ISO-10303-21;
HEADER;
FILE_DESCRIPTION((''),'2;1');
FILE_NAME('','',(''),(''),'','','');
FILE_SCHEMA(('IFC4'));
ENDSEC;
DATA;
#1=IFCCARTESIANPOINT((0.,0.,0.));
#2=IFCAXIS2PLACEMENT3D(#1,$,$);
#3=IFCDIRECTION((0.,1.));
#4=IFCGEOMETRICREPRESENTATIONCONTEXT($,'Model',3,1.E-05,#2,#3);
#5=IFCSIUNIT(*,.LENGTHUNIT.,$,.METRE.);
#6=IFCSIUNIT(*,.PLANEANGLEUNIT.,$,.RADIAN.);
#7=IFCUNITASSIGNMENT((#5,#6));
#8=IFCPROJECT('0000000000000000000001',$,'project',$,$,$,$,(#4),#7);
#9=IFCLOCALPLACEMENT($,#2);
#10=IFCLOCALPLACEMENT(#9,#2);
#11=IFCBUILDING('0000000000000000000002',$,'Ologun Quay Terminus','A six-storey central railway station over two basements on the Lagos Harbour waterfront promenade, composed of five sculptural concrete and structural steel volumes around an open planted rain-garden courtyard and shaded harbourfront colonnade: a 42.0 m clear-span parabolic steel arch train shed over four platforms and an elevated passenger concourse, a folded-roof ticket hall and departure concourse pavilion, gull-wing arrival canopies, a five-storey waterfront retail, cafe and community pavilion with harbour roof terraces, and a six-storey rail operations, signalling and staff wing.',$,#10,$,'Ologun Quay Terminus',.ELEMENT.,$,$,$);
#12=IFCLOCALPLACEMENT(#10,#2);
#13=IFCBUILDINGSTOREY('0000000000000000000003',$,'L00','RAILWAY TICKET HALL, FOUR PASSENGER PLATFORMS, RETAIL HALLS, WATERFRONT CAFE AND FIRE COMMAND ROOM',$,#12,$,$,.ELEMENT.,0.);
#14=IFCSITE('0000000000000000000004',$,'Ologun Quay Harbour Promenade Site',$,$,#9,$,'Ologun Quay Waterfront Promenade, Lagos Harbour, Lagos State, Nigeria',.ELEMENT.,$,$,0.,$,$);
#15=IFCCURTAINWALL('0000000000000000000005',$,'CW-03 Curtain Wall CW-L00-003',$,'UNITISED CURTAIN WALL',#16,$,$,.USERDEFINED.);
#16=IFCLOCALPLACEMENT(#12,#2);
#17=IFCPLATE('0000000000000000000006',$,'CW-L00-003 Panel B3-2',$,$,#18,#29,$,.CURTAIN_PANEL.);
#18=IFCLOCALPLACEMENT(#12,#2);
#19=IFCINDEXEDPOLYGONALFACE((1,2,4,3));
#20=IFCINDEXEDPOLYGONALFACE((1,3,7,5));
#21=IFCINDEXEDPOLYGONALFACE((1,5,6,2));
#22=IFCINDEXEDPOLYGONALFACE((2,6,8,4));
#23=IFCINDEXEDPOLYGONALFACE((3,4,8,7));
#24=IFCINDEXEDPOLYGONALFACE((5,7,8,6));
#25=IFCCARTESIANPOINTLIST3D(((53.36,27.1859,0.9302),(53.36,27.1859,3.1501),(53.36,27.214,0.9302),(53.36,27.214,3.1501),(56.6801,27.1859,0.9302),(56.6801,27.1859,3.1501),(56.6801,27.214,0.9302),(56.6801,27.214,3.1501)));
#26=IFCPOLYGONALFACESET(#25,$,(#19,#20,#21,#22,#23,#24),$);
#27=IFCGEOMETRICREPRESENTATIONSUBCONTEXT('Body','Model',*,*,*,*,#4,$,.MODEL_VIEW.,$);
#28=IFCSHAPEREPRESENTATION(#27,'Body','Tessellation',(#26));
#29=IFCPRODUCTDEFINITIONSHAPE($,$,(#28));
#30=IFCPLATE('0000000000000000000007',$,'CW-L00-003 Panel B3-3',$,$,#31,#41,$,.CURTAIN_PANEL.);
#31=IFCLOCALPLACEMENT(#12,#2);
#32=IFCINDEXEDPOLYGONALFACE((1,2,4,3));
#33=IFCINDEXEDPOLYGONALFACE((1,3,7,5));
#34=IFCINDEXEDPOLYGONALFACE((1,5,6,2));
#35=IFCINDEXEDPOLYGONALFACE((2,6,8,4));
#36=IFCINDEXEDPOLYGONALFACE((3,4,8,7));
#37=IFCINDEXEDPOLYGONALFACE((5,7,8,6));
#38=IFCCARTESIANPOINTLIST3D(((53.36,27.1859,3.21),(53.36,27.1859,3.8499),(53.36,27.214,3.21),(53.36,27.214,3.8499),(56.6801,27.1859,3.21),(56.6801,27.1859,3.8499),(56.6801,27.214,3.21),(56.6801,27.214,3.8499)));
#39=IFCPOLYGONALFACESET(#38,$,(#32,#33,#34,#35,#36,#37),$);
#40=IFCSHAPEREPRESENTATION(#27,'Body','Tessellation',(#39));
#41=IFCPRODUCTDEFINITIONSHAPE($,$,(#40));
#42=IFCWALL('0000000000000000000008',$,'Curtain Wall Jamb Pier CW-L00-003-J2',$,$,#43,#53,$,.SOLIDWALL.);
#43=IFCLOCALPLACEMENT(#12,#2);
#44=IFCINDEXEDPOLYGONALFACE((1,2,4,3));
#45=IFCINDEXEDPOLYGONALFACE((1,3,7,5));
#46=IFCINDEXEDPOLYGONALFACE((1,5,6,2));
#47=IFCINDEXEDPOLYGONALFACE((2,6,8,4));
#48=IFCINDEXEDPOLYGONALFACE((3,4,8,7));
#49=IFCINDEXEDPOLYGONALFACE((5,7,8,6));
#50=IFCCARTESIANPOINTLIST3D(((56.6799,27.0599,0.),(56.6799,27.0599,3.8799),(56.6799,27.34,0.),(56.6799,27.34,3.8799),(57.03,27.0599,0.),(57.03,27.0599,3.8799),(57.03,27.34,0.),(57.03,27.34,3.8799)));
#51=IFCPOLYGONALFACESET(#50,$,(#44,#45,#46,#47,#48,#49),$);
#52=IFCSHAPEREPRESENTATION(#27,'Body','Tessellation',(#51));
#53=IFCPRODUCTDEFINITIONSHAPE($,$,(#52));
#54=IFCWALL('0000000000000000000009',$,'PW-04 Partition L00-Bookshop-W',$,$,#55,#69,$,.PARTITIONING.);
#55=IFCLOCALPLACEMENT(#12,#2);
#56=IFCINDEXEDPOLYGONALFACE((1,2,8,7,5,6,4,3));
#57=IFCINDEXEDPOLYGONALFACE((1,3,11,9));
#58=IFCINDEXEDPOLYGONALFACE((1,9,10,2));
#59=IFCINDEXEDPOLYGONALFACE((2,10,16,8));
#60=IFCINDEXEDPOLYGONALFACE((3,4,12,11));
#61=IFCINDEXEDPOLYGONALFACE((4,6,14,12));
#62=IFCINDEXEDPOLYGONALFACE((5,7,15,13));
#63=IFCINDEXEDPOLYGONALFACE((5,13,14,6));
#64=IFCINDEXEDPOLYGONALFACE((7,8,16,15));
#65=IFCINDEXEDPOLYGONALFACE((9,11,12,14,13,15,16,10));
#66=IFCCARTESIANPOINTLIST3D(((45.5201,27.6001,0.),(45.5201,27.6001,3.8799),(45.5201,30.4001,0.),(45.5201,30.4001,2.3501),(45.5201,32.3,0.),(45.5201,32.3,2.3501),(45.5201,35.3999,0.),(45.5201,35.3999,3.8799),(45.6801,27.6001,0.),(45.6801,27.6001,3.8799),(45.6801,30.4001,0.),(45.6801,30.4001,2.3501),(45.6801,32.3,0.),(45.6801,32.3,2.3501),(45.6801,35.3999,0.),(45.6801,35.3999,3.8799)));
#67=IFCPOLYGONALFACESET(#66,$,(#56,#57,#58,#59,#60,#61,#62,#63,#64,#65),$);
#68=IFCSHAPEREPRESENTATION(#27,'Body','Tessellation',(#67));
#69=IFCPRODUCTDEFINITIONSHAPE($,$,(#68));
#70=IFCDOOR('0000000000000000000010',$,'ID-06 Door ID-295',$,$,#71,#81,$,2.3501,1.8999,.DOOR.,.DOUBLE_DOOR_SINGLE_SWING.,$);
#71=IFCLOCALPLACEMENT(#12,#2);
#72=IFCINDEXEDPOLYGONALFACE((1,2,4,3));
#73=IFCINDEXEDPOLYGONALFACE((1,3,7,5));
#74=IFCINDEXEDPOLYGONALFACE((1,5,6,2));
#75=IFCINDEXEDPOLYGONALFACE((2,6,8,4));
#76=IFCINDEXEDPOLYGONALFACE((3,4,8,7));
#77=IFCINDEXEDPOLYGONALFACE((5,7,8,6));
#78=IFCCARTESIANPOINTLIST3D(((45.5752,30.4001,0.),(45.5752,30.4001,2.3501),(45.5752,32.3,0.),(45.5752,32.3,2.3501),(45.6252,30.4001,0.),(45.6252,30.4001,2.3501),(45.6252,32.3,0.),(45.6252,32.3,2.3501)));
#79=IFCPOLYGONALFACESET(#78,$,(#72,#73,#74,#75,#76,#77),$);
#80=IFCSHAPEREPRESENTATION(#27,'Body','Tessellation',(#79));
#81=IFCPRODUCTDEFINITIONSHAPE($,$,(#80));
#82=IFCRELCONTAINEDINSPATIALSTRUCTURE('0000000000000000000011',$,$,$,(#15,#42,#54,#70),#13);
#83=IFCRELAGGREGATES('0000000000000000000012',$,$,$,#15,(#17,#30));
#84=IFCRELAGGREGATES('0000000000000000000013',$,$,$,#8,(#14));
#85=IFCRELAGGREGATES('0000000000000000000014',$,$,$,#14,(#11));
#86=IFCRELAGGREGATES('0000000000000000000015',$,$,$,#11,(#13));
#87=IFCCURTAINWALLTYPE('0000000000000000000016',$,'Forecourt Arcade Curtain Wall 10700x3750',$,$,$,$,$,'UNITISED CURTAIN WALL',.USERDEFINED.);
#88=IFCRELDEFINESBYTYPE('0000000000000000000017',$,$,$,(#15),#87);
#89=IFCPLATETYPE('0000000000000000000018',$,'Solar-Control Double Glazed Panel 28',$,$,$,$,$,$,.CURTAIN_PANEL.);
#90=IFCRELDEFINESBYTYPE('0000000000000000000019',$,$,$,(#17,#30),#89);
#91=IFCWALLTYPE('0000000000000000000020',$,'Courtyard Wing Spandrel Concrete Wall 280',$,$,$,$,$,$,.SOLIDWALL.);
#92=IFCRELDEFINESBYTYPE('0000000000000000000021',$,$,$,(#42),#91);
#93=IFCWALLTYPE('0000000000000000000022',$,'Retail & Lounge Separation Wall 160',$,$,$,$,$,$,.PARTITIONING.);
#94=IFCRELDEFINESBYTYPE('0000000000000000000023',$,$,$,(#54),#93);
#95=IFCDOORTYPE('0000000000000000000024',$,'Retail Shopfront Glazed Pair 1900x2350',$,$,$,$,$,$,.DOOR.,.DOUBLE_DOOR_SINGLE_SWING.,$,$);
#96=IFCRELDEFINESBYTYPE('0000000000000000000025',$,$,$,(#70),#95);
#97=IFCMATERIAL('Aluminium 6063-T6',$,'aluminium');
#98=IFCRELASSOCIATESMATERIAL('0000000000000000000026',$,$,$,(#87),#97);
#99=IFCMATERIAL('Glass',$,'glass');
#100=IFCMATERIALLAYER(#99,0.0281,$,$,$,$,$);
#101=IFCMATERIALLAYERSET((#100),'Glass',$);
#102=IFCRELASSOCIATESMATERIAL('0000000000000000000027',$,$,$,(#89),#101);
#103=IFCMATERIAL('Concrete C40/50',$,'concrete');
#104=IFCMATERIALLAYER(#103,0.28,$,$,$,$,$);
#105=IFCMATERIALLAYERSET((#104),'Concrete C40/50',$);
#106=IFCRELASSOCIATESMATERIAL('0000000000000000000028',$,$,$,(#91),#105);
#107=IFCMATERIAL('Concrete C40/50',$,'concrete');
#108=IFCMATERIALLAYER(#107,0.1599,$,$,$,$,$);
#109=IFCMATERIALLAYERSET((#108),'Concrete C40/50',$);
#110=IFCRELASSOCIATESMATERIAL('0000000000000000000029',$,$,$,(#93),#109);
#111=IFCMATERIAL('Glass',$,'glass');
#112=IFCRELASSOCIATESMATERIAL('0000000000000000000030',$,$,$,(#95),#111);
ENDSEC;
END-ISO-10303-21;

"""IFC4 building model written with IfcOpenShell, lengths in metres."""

from ifc_helpers import new_model, si_unit, direction, frame, frame_2d, origin, origin_2d, place, context, subcontext, project, spatial, rectangle, extrude, material, layer, layer_set, type_object, element, fill, aggregate, save


model = new_model("IFC4")

# Units and contexts
model_context = context("Model", 3, precision=1e-05, world=origin(), true_north=direction((0.0, 1.0)))
body_context = subcontext(model_context, "Body", "Model", "MODEL_VIEW")
ifc_project = project(units=[si_unit("LENGTHUNIT", "METRE"), si_unit("PLANEANGLEUNIT", "RADIAN")], contexts=[model_context])

# Site, building, storey
site_placement = place(None, origin())
site = spatial("IfcSite", under=ifc_project, at=site_placement, Name="Ologun Quay Harbour Promenade Site", LongName="Ologun Quay Waterfront Promenade, Lagos Harbour, Lagos State, Nigeria", CompositionType="ELEMENT", RefElevation=0.0)
building_placement = place(site_placement, origin())
building = spatial("IfcBuilding", under=site, at=building_placement, Name="Ologun Quay Terminus", Description="A six-storey central railway station over two basements on the Lagos Harbour waterfront promenade, composed of five sculptural concrete and structural steel volumes around an open planted rain-garden courtyard and shaded harbourfront colonnade: a 42.0 m clear-span parabolic steel arch train shed over four platforms and an elevated passenger concourse, a folded-roof ticket hall and departure concourse pavilion, gull-wing arrival canopies, a five-storey waterfront retail, cafe and community pavilion with harbour roof terraces, and a six-storey rail operations, signalling and staff wing.", LongName="Ologun Quay Terminus", CompositionType="ELEMENT")
storey_placement = place(building_placement, origin())
storey = spatial("IfcBuildingStorey", under=building, at=storey_placement, Name="L00", Description="RAILWAY TICKET HALL, FOUR PASSENGER PLATFORMS, RETAIL HALLS, WATERFRONT CAFE AND FIRE COMMAND ROOM", CompositionType="ELEMENT", Elevation=0.0)

# Curtain wall
ifc_material_1 = material(Name="Aluminium 6063-T6", Category="aluminium")
curtain_wall_type = type_object("IfcCurtainWallType", Name="Forecourt Arcade Curtain Wall 10700x3750", ElementType="UNITISED CURTAIN WALL", PredefinedType="USERDEFINED", material=ifc_material_1)
curtain_wall_placement = place(storey_placement, origin())
curtain_wall = element("IfcCurtainWall", 1, at=curtain_wall_placement, inside=storey, type_object=curtain_wall_type, Name="CW-03 Curtain Wall CW-L00-003", ObjectType="UNITISED CURTAIN WALL", PredefinedType="USERDEFINED")

# Plates
ifc_material_2 = material(Name="Glass", Category="glass")
ifc_layer_1 = layer(ifc_material_2, 0.0281)
ifc_layer_set_1 = layer_set([ifc_layer_1], Name="Glass")
plate_type_1 = type_object("IfcPlateType", Name="Solar-Control Double Glazed Panel 28", PredefinedType="CURTAIN_PANEL", material=ifc_layer_set_1)
plate_1_placement = place(storey_placement, frame((55.02, 27.2, 0.9302), z_axis=(0.0, 0.0, 1.0), x_axis=(1.0, 0.0, 0.0)))
plate_1 = element("IfcPlate", 2, at=plate_1_placement, type_object=plate_type_1, Name="CW-L00-003 Panel B3-2", PredefinedType="CURTAIN_PANEL", context=body_context, shape_type="SweptSolid", body=[
    extrude(rectangle(XDim=3.3201, YDim=0.0281, at=origin_2d()), origin(), (0.0, 0.0, 1.0), 2.22),
])
plate_2_placement = place(storey_placement, frame((55.02, 27.2, 3.21), z_axis=(0.0, 0.0, 1.0), x_axis=(1.0, 0.0, 0.0)))
plate_2 = element("IfcPlate", 3, at=plate_2_placement, type_object=plate_type_1, Name="CW-L00-003 Panel B3-3", PredefinedType="CURTAIN_PANEL", context=body_context, shape_type="SweptSolid", body=[
    extrude(rectangle(XDim=3.3201, YDim=0.0281, at=origin_2d()), origin(), (0.0, 0.0, 1.0), 0.6399),
])
aggregate(curtain_wall, [plate_1, plate_2])

# Wall
ifc_material_3 = material(Name="Concrete C40/50", Category="concrete")
ifc_layer_2 = layer(ifc_material_3, 0.28)
ifc_layer_set_2 = layer_set([ifc_layer_2], Name="Concrete C40/50")
wall_type_1 = type_object("IfcWallType", Name="Courtyard Wing Spandrel Concrete Wall 280", PredefinedType="SOLIDWALL", material=ifc_layer_set_2)
wall_1_placement = place(storey_placement, frame((56.6799, 27.2, 0.0), z_axis=(0.0, 0.0, 1.0), x_axis=(1.0, 0.0, 0.0)))
element("IfcWall", 4, at=wall_1_placement, inside=storey, type_object=wall_type_1, Name="Curtain Wall Jamb Pier CW-L00-003-J2", PredefinedType="SOLIDWALL", context=body_context, shape_type="SweptSolid", body=[
    extrude(rectangle(XDim=0.3501, YDim=0.28, at=frame_2d((0.175, 0.0))), origin(), (0.0, 0.0, 1.0), 3.8799),
])

# Wall, opening, door
ifc_material_4 = material(Name="Concrete C40/50", Category="concrete")
ifc_layer_3 = layer(ifc_material_4, 0.1599)
ifc_layer_set_3 = layer_set([ifc_layer_3], Name="Concrete C40/50")
wall_type_2 = type_object("IfcWallType", Name="Retail & Lounge Separation Wall 160", PredefinedType="PARTITIONING", material=ifc_layer_set_3)
wall_2_placement = place(storey_placement, frame((45.6001, 27.6001, 0.0), z_axis=(0.0, 0.0, 1.0), x_axis=(0.0, 1.0, 0.0)))
wall_2 = element("IfcWall", 5, at=wall_2_placement, inside=storey, type_object=wall_type_2, Name="PW-04 Partition L00-Bookshop-W", PredefinedType="PARTITIONING", context=body_context, shape_type="SweptSolid", body=[
    extrude(rectangle(XDim=7.7998, YDim=0.1599, at=frame_2d((3.8999, 0.0))), origin(), (0.0, 0.0, 1.0), 3.8799),
])
opening_placement = place(wall_2_placement, frame((2.8, 0.0, 0.0)))
opening = element("IfcOpeningElement", 6, at=opening_placement, cuts=wall_2, PredefinedType="OPENING", context=body_context, shape_type="SweptSolid", body=[
    extrude(rectangle(XDim=1.8999, YDim=2.3501, at=frame_2d((0.95, 1.175))), frame((0.0, 0.0898, 0.0), z_axis=(0.0, -1.0, 0.0), x_axis=(1.0, 0.0, 0.0)), (0.0, 0.0, 1.0), 0.1799),
])
ifc_material_5 = material(Name="Glass", Category="glass")
door_type = type_object("IfcDoorType", Name="Retail Shopfront Glazed Pair 1900x2350", OperationType="DOUBLE_DOOR_SINGLE_SWING", PredefinedType="DOOR", material=ifc_material_5)
door_placement = place(opening_placement, origin())
door = element("IfcDoor", 7, at=door_placement, inside=storey, type_object=door_type, Name="ID-06 Door ID-295", OperationType="DOUBLE_DOOR_SINGLE_SWING", OverallHeight=2.3501, OverallWidth=1.8999, PredefinedType="DOOR", context=body_context, shape_type="SweptSolid", body=[
    extrude(rectangle(XDim=1.8999, YDim=2.3501, at=frame_2d((0.95, 1.175))), frame((0.0, 0.0249, 0.0), z_axis=(0.0, -1.0, 0.0), x_axis=(1.0, 0.0, 0.0)), (0.0, 0.0, 1.0), 0.05),
])
fill(opening, door)

save(model, "model.ifc")
